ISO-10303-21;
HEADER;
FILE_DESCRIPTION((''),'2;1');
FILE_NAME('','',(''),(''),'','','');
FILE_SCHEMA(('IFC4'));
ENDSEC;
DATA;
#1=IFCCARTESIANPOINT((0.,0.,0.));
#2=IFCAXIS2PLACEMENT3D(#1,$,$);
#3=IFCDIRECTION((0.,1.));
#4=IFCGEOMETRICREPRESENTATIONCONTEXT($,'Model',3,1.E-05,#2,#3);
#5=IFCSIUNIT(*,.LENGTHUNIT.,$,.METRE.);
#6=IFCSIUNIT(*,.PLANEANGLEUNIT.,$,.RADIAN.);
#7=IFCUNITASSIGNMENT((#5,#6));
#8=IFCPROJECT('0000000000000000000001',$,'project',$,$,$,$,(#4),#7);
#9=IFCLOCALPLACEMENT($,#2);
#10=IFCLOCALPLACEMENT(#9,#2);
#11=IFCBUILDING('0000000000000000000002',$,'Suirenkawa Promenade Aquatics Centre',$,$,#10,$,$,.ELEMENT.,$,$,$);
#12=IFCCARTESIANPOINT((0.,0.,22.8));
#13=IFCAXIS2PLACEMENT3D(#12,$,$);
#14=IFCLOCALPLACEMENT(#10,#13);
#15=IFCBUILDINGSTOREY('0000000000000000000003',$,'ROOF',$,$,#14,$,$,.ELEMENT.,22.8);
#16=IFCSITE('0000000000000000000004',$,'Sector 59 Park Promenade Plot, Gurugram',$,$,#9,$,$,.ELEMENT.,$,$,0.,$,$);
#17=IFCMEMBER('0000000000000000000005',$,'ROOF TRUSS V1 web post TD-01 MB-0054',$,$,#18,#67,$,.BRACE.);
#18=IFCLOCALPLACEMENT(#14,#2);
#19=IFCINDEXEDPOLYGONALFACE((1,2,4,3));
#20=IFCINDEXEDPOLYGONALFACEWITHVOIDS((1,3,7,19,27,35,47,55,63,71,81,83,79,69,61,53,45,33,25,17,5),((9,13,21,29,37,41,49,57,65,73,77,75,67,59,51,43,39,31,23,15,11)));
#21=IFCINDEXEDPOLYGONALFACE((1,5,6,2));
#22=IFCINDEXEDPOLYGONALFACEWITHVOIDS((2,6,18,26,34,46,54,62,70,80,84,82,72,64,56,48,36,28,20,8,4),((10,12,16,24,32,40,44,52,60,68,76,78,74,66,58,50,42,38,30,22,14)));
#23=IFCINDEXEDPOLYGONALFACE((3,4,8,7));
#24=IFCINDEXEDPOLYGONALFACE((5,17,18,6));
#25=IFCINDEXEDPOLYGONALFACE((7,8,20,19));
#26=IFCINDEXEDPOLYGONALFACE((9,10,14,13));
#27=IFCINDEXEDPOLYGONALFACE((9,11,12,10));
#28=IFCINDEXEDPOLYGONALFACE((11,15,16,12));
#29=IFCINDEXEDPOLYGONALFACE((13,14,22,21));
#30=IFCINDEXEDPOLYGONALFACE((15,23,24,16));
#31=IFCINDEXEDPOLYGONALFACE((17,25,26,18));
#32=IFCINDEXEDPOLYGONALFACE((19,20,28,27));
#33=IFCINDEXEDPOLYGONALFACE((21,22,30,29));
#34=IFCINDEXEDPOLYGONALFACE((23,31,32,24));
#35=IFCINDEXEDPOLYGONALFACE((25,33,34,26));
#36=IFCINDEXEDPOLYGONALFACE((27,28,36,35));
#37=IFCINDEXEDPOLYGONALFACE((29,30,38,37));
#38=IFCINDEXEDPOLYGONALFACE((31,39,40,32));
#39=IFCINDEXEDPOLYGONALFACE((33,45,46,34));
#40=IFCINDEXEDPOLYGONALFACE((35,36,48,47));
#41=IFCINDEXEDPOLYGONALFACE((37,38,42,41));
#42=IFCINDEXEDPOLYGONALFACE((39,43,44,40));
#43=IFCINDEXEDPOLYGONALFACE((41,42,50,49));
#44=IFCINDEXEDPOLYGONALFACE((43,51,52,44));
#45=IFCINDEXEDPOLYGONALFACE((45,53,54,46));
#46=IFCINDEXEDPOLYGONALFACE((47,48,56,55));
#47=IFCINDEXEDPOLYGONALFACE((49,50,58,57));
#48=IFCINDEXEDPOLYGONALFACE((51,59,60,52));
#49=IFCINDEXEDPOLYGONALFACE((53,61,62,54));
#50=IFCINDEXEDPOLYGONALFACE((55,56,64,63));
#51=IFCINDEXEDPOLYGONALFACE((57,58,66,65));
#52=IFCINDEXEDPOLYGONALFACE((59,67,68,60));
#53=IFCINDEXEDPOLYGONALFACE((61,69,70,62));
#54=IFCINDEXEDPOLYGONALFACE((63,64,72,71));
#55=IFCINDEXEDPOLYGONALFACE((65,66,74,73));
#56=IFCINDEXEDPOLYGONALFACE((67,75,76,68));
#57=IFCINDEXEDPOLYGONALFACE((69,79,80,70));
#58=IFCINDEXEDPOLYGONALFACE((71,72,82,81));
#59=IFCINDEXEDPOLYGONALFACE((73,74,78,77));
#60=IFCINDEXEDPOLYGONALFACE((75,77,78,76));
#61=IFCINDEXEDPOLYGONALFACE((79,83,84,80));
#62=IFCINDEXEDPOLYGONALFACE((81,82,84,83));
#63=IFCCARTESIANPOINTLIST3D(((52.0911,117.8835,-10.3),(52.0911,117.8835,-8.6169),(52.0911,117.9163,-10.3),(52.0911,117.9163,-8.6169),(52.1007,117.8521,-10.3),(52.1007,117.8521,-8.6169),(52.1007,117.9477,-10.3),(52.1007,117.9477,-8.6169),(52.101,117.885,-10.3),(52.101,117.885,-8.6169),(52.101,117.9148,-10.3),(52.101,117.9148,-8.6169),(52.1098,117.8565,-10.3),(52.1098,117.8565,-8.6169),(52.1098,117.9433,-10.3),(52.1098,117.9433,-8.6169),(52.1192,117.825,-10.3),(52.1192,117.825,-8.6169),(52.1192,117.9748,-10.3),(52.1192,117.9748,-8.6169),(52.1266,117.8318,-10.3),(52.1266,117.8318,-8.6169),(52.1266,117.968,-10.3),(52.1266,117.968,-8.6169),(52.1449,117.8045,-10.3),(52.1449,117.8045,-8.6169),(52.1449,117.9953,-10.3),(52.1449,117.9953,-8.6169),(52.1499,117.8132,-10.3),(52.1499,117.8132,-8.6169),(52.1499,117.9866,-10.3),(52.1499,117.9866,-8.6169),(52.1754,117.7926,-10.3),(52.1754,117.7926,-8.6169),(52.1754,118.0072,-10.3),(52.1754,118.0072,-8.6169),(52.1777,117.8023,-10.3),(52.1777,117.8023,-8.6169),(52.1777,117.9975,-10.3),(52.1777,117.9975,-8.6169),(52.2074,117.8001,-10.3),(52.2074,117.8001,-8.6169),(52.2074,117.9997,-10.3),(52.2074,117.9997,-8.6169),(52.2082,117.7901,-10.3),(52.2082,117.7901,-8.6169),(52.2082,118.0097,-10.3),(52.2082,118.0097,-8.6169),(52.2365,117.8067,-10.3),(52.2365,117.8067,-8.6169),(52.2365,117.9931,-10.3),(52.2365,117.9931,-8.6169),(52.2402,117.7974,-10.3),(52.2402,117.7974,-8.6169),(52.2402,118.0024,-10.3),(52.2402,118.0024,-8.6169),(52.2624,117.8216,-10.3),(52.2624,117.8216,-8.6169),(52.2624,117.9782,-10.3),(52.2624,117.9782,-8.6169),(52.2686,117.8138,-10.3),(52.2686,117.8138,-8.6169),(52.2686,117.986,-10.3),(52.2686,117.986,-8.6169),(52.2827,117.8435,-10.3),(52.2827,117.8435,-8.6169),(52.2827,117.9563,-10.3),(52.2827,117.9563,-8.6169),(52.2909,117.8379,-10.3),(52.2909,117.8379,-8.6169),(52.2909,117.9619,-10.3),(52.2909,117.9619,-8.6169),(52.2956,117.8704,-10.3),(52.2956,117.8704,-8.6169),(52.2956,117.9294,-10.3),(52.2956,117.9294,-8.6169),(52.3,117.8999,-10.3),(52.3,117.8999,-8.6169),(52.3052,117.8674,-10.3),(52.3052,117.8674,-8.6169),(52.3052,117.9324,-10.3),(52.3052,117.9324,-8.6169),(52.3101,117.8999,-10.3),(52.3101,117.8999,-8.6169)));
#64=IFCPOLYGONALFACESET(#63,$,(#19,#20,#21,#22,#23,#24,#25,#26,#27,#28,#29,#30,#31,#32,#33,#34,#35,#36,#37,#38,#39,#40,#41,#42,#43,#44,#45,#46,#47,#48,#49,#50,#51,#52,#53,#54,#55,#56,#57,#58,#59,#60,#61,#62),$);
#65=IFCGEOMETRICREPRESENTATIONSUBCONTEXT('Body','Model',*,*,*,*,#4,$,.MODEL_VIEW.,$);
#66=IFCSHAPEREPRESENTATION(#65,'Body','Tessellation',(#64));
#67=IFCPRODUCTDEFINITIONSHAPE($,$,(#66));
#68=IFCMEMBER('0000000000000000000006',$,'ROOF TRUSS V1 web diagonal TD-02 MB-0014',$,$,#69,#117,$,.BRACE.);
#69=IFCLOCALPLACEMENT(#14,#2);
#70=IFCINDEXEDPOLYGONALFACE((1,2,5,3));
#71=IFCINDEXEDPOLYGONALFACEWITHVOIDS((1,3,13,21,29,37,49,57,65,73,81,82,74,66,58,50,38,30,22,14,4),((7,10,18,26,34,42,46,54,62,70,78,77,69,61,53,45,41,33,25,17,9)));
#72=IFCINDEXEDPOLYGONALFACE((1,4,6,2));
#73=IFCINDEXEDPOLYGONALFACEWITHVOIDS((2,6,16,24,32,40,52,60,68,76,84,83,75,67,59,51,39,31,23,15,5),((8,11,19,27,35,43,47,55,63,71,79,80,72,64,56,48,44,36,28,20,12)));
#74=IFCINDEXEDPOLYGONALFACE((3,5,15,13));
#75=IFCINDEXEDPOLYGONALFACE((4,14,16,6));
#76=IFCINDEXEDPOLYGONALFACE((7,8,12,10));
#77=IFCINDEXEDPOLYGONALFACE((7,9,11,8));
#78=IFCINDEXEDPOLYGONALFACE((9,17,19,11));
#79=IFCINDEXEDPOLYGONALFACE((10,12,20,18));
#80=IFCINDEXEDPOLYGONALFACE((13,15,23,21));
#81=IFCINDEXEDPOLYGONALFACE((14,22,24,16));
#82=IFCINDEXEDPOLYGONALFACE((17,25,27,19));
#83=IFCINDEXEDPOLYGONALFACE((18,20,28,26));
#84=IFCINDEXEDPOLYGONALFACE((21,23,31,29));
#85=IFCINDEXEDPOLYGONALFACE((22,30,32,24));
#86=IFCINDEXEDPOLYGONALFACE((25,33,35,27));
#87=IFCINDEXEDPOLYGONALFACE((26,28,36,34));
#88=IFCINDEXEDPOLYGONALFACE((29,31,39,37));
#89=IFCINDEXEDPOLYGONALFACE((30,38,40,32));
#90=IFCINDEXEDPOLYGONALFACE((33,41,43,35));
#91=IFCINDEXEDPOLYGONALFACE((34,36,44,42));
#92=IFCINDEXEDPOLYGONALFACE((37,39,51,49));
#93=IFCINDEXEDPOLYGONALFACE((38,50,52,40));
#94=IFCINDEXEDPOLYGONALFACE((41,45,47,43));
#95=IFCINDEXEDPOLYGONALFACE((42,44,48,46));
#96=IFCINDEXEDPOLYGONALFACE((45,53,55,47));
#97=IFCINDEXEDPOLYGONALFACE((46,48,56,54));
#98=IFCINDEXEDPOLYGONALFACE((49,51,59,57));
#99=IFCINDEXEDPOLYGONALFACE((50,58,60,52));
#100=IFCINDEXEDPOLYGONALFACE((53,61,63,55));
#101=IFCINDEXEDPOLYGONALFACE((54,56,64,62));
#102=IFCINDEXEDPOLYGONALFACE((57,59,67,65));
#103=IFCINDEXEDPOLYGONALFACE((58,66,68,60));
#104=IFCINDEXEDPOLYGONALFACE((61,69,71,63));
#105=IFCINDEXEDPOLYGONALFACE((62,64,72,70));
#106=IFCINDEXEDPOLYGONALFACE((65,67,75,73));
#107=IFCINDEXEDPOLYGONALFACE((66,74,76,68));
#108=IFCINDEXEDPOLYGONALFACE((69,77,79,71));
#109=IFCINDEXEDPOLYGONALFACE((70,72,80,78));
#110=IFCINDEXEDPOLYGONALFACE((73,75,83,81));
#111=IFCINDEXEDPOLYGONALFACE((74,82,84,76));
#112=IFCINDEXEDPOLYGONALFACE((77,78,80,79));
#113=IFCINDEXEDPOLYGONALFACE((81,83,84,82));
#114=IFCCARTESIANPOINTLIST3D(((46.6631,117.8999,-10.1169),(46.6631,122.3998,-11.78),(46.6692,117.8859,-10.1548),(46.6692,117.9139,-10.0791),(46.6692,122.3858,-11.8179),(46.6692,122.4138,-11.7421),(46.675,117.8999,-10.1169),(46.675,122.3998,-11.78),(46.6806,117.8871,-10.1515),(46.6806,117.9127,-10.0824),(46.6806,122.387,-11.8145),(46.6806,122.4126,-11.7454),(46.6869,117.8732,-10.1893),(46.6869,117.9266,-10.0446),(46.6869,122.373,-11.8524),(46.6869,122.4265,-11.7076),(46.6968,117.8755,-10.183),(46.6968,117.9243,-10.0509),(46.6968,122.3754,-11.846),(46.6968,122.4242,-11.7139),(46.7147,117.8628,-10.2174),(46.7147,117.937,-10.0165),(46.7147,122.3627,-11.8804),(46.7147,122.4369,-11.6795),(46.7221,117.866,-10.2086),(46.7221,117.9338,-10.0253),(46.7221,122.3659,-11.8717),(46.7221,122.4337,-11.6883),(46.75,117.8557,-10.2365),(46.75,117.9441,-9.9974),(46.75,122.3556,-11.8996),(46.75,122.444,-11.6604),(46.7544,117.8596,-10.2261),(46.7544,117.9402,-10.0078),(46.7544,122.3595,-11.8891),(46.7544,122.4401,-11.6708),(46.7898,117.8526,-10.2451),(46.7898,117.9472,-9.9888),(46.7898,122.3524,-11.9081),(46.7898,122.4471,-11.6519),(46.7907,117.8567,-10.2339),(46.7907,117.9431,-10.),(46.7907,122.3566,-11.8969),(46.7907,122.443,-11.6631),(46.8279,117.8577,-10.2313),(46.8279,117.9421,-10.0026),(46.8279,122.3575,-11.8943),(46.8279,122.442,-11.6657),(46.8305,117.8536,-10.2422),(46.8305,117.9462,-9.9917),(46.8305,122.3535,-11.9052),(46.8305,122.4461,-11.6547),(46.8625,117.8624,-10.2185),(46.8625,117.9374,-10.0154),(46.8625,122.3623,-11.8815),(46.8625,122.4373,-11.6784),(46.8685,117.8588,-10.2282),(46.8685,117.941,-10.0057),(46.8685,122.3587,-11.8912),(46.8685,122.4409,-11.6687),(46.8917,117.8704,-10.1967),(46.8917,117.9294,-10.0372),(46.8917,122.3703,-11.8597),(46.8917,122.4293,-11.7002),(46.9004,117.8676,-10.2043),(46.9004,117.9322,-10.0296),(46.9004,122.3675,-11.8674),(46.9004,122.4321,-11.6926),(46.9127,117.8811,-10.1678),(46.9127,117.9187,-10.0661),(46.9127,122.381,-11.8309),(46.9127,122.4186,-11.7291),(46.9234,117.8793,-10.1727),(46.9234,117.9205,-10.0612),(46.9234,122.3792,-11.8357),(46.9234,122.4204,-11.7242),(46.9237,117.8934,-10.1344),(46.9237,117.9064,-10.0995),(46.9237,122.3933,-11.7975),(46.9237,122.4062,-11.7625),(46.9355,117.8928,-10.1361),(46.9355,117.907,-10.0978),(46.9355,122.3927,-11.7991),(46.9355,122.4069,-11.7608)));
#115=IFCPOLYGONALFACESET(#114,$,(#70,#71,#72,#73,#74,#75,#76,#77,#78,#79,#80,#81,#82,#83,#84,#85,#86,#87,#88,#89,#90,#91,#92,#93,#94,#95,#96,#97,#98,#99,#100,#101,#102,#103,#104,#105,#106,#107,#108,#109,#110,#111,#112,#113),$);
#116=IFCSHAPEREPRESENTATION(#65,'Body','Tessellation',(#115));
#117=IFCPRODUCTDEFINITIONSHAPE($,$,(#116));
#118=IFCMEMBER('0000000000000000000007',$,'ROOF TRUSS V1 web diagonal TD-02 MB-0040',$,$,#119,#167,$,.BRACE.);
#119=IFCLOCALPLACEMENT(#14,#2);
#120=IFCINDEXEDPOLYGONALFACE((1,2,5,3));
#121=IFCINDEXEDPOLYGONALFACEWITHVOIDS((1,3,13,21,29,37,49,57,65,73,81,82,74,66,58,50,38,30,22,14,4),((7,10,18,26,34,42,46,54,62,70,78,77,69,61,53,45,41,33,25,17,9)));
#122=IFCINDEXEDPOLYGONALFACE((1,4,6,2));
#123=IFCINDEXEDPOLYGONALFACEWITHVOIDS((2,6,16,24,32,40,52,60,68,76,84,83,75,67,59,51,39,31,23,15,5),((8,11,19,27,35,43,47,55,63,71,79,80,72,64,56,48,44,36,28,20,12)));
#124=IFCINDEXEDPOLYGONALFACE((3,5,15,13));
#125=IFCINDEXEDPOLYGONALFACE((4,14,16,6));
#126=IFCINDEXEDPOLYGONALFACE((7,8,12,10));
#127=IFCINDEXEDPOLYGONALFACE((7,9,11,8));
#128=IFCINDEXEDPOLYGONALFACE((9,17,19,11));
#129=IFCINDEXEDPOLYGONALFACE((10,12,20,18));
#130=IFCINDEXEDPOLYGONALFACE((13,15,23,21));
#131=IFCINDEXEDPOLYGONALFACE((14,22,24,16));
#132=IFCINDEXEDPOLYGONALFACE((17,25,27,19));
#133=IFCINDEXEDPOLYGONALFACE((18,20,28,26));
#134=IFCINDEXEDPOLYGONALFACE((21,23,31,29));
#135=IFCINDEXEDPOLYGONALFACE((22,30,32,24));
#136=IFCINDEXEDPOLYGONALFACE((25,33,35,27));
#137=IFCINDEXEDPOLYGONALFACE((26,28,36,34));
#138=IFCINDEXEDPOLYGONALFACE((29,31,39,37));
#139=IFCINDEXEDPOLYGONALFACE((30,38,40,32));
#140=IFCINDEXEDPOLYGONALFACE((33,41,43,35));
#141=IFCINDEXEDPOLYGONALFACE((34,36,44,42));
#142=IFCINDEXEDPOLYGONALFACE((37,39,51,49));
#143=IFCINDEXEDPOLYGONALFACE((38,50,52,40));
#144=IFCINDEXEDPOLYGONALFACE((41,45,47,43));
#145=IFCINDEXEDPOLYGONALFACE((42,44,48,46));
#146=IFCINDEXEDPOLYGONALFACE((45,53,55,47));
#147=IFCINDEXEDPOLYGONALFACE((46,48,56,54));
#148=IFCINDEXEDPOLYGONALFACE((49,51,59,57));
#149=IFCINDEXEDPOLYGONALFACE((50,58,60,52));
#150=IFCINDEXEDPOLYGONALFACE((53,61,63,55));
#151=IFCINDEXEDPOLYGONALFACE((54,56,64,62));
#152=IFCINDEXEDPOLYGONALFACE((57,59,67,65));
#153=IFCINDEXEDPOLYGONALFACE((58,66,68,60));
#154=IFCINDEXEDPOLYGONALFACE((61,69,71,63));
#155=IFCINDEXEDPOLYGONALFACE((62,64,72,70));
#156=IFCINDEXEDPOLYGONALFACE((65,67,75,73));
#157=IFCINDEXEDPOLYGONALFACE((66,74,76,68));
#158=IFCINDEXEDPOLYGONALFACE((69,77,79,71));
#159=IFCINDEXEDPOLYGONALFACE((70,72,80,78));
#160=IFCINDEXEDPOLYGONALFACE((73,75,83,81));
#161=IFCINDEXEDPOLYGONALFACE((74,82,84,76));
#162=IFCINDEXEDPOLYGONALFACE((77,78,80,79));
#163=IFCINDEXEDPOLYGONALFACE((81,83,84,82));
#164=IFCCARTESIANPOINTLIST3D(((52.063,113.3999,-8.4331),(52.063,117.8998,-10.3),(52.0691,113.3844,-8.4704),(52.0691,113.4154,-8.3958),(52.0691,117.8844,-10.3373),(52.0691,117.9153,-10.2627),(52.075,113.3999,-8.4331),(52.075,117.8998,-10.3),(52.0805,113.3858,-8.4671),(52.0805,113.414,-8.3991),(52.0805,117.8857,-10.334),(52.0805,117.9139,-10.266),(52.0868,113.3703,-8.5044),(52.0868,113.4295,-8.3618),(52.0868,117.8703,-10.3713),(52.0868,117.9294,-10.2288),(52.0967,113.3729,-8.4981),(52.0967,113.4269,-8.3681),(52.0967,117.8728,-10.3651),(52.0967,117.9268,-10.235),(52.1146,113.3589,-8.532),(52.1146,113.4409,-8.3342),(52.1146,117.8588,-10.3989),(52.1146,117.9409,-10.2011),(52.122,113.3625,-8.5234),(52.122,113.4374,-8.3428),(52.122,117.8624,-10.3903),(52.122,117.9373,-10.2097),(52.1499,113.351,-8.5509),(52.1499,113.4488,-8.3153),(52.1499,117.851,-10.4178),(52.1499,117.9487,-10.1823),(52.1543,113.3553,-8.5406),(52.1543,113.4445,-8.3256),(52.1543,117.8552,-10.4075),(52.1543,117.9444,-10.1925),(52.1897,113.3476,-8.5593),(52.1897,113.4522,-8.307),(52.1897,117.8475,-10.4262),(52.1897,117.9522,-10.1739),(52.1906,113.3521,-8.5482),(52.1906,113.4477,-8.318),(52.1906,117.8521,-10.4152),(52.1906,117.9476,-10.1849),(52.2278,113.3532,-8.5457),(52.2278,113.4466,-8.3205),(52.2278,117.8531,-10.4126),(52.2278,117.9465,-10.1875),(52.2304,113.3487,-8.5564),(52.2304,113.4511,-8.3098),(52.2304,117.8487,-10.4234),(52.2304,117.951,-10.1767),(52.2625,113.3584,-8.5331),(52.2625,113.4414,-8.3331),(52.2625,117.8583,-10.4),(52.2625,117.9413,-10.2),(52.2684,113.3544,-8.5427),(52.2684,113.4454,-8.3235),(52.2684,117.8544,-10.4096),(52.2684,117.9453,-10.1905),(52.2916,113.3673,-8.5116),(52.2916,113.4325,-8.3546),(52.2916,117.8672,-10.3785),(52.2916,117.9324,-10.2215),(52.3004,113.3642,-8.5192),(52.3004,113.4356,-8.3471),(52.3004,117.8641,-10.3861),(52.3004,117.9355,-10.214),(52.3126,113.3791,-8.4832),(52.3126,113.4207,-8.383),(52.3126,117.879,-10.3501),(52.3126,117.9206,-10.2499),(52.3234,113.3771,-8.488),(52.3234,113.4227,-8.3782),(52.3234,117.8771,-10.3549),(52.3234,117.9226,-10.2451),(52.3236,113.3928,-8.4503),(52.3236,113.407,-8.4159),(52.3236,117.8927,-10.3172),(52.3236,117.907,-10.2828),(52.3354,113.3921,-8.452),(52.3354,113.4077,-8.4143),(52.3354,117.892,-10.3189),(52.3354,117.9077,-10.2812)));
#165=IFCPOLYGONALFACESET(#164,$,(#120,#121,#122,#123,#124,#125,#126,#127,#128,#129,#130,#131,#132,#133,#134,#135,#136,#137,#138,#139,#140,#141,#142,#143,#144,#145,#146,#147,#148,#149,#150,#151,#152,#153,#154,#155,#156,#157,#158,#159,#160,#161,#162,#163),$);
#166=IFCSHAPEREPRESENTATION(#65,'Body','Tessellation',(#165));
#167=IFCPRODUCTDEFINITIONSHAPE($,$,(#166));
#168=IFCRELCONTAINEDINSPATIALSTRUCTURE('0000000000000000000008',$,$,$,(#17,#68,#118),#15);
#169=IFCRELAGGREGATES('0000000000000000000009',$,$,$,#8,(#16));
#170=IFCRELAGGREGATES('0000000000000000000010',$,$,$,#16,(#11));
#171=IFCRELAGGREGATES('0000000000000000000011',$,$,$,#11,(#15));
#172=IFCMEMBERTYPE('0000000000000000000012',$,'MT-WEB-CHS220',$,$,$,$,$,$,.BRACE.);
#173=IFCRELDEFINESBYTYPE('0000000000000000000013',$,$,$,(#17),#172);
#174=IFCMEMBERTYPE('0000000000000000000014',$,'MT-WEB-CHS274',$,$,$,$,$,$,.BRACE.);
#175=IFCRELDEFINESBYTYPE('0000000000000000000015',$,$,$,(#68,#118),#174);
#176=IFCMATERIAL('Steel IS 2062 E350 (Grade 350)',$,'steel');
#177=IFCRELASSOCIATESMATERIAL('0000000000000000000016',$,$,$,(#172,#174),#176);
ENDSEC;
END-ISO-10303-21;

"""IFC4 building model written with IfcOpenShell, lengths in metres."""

from ifc_helpers import new_model, si_unit, direction, frame, origin, origin_2d, place, context, subcontext, project, spatial, hollow_circle, extrude, material, material_profile, profile_set, type_object, element, save


model = new_model("IFC4")

# Units and contexts
model_context = context("Model", 3, precision=1e-05, world=origin(), true_north=direction((0.0, 1.0)))
body_context = subcontext(model_context, "Body", "Model", "MODEL_VIEW")
ifc_project = project(units=[si_unit("LENGTHUNIT", "METRE"), si_unit("PLANEANGLEUNIT", "RADIAN")], contexts=[model_context])

# Site, building, storey
site_placement = place(None, origin())
site = spatial("IfcSite", under=ifc_project, at=site_placement, Name="Sector 59 Park Promenade Plot, Gurugram", CompositionType="ELEMENT", RefElevation=0.0)
building_placement = place(site_placement, origin())
building = spatial("IfcBuilding", under=site, at=building_placement, Name="Suirenkawa Promenade Aquatics Centre", CompositionType="ELEMENT")
storey_placement = place(building_placement, frame((0.0, 0.0, 22.8)))
storey = spatial("IfcBuildingStorey", under=building, at=storey_placement, Name="ROOF", CompositionType="ELEMENT", Elevation=22.8)

# Shared definitions
ifc_material = material(Name="Steel IS 2062 E350 (Grade 350)", Category="steel")

# Members
ifc_material_profile_1 = material_profile(ifc_material, hollow_circle(Radius=0.1101, WallThickness=0.01, at=origin_2d()), Name="CHS 220x10", Category="steel")
ifc_profile_set_1 = profile_set([ifc_material_profile_1], Name="Steel IS 2062 E350 (Grade 350)")
member_type_1 = type_object("IfcMemberType", Name="MT-WEB-CHS220", PredefinedType="BRACE", material=ifc_profile_set_1)
member_1_placement = place(storey_placement, frame((52.2, 117.8999, -10.3), z_axis=(0.0, 0.0, 1.0), x_axis=(1.0, 0.0, 0.0)))
element("IfcMember", 1, at=member_1_placement, inside=storey, type_object=member_type_1, Name="ROOF TRUSS V1 web post TD-01 MB-0054", PredefinedType="BRACE", context=body_context, shape_type="SweptSolid", body=[
    extrude(hollow_circle(Radius=0.1101, WallThickness=0.01, at=origin_2d()), origin(), (0.0, 0.0, 1.0), 1.6831),
])
ifc_material_profile_2 = material_profile(ifc_material, hollow_circle(Radius=0.137, WallThickness=0.012, at=origin_2d()), Name="CHS 274x12", Category="steel")
ifc_profile_set_2 = profile_set([ifc_material_profile_2], Name="Steel IS 2062 E350 (Grade 350)")
member_type_2 = type_object("IfcMemberType", Name="MT-WEB-CHS274", PredefinedType="BRACE", material=ifc_profile_set_2)
member_2_placement = place(storey_placement, frame((46.8, 117.8999, -10.1169), z_axis=(0.0, 0.937992, -0.346658), x_axis=(-1.0, 0.0, 0.0)))
element("IfcMember", 2, at=member_2_placement, inside=storey, type_object=member_type_2, Name="ROOF TRUSS V1 web diagonal TD-02 MB-0014", PredefinedType="BRACE", context=body_context, shape_type="SweptSolid", body=[
    extrude(hollow_circle(Radius=0.137, WallThickness=0.012, at=origin_2d()), origin(), (0.0, 0.0, 1.0), 4.7974),
])
member_3_placement = place(storey_placement, frame((52.2, 113.3999, -8.4331), z_axis=(0.0, 0.923663, -0.383206), x_axis=(-1.0, 0.0, 0.0)))
element("IfcMember", 3, at=member_3_placement, inside=storey, type_object=member_type_2, Name="ROOF TRUSS V1 web diagonal TD-02 MB-0040", PredefinedType="BRACE", context=body_context, shape_type="SweptSolid", body=[
    extrude(hollow_circle(Radius=0.137, WallThickness=0.012, at=origin_2d()), origin(), (0.0, 0.0, 1.0), 4.8718),
])

save(model, "model.ifc")
